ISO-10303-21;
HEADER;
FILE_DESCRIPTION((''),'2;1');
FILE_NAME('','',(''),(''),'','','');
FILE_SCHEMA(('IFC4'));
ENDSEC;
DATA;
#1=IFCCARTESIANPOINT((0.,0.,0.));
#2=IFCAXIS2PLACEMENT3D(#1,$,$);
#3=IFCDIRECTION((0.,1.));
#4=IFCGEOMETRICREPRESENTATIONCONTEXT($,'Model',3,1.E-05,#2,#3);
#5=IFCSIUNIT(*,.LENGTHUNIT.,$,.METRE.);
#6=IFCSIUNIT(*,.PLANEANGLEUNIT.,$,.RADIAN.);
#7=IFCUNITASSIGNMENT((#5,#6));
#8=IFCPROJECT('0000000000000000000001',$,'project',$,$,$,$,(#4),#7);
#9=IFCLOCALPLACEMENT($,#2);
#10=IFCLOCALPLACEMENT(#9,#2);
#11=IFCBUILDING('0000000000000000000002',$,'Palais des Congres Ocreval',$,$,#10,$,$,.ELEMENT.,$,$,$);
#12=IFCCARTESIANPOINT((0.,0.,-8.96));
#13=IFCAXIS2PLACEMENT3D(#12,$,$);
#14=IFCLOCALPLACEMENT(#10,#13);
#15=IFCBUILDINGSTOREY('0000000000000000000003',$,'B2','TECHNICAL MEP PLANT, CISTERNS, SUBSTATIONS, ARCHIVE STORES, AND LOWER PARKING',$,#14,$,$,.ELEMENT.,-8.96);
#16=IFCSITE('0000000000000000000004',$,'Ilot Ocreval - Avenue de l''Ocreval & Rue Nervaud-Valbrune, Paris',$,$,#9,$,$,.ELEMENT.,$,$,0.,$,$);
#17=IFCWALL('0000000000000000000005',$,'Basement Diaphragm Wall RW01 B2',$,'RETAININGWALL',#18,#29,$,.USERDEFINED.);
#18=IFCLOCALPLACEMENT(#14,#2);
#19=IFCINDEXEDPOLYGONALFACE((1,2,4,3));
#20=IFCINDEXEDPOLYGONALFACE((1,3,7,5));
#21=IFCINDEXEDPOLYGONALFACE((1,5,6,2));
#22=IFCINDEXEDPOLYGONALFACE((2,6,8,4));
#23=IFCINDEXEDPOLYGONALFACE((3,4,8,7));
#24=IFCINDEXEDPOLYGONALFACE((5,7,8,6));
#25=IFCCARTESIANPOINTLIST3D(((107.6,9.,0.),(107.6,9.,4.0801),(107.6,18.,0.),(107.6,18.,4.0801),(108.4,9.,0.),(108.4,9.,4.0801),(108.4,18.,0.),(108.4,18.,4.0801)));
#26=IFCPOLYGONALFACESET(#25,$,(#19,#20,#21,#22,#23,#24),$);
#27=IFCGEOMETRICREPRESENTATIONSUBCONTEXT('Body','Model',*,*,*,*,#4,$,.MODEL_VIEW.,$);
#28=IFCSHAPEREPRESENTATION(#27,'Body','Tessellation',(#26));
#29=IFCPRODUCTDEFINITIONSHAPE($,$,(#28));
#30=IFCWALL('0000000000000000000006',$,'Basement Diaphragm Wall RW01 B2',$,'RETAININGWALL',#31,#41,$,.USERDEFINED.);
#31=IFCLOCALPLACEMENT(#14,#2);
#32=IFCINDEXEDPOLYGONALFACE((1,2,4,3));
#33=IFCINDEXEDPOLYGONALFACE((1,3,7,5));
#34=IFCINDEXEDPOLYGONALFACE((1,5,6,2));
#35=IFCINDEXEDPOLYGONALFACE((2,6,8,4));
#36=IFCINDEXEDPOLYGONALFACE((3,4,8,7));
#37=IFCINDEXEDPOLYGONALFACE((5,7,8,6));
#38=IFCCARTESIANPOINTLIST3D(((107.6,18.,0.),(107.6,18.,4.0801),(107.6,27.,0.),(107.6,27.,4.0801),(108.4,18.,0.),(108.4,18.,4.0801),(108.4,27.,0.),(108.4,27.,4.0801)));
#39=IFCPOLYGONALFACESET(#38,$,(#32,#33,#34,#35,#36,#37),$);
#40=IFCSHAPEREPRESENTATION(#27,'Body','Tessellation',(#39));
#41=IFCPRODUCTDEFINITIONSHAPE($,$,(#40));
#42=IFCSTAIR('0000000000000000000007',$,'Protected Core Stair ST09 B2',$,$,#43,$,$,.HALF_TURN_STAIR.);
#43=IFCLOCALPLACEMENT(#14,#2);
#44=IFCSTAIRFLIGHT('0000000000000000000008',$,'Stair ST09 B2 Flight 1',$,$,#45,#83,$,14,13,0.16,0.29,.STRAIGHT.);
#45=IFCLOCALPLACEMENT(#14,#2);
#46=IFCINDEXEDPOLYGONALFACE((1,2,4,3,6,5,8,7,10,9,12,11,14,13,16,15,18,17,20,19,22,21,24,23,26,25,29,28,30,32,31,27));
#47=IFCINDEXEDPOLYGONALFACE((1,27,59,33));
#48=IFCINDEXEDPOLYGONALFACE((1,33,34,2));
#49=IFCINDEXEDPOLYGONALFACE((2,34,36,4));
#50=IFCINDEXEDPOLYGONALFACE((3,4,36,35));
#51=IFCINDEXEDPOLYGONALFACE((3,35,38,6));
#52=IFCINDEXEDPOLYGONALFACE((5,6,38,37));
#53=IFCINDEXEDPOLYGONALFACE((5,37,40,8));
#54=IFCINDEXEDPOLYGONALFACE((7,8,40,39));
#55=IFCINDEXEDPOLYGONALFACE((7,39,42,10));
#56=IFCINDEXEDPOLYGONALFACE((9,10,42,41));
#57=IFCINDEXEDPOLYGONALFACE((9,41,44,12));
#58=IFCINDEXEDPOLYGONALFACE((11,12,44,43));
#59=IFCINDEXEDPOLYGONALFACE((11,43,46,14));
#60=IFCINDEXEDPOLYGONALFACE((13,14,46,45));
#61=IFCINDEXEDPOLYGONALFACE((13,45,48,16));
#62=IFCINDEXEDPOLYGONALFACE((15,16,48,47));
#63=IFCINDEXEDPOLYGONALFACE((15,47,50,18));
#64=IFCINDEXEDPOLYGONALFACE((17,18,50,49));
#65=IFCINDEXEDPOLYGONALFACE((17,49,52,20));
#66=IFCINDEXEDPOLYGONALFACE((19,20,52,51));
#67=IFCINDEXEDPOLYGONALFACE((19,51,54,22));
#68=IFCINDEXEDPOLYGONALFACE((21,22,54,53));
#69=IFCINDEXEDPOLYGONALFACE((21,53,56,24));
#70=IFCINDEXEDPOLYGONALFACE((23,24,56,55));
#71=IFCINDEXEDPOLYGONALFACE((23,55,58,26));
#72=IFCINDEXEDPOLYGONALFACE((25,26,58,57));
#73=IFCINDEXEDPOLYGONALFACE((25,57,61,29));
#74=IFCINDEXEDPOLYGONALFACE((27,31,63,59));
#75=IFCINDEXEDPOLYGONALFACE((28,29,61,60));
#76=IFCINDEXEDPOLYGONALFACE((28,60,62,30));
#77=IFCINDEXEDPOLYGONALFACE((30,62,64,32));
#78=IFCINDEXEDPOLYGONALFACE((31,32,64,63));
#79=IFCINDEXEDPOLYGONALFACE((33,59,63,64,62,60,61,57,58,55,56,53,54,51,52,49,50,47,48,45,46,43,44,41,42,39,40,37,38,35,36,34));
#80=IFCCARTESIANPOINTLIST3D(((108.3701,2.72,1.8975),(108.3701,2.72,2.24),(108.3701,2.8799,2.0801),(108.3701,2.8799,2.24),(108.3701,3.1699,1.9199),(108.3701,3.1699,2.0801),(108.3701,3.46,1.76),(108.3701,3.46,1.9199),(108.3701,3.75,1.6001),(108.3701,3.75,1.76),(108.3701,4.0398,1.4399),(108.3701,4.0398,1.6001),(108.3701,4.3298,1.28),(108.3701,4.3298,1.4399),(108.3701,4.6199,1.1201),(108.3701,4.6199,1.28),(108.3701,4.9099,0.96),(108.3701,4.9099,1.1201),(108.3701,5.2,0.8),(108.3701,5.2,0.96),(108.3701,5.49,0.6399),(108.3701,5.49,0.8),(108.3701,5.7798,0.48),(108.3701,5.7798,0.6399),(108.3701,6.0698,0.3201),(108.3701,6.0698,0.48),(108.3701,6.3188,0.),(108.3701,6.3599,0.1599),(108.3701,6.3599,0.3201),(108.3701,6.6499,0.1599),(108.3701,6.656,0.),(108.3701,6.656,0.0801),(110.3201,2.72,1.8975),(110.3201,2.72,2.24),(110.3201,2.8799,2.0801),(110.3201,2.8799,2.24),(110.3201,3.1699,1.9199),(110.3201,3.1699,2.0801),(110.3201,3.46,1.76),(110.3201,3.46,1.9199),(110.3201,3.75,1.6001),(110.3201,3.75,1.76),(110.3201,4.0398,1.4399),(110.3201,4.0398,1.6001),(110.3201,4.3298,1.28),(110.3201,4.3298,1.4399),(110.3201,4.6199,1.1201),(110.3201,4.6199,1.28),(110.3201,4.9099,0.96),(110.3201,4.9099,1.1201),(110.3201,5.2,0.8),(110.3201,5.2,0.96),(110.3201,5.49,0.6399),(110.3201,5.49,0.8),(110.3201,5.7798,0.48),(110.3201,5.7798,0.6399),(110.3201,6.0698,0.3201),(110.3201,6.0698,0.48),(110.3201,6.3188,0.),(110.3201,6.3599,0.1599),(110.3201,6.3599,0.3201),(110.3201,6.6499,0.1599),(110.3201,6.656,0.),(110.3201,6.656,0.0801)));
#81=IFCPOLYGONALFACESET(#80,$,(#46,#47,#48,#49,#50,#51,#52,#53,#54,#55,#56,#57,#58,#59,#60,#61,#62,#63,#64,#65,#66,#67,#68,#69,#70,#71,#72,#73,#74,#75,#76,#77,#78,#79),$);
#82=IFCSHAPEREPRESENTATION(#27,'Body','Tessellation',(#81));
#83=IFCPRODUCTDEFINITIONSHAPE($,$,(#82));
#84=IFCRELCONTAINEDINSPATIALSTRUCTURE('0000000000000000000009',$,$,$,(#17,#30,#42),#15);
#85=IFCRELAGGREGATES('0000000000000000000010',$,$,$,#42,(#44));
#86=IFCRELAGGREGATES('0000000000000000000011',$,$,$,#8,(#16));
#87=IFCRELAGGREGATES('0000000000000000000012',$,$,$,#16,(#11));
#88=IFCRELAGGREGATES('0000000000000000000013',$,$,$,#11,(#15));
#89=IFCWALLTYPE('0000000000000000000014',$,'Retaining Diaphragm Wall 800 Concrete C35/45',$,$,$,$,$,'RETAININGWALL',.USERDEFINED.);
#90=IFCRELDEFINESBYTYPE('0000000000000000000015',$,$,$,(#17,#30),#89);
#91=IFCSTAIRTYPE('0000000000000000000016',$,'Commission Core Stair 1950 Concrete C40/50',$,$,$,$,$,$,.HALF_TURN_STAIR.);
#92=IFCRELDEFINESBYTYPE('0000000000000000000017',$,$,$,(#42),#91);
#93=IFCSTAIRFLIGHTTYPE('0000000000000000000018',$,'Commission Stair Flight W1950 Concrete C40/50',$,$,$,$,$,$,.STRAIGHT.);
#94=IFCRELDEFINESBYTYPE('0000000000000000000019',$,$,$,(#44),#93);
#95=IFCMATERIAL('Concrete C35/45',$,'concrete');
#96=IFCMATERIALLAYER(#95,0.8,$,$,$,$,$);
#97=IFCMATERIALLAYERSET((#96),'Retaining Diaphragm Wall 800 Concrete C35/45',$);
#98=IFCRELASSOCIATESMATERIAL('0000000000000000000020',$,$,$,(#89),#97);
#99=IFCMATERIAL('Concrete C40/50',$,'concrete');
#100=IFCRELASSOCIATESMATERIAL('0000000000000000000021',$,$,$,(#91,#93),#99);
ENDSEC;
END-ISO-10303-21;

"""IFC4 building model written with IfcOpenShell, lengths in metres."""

from ifc_helpers import new_model, si_unit, direction, frame, frame_2d, origin, place, context, subcontext, project, spatial, polyline, rectangle, outline, extrude, material, layer, layer_set, type_object, element, aggregate, save


model = new_model("IFC4")

# Units and contexts
model_context = context("Model", 3, precision=1e-05, world=origin(), true_north=direction((0.0, 1.0)))
body_context = subcontext(model_context, "Body", "Model", "MODEL_VIEW")
ifc_project = project(units=[si_unit("LENGTHUNIT", "METRE"), si_unit("PLANEANGLEUNIT", "RADIAN")], contexts=[model_context])

# Site, building, storey
site_placement = place(None, origin())
site = spatial("IfcSite", under=ifc_project, at=site_placement, Name="Ilot Ocreval - Avenue de l'Ocreval & Rue Nervaud-Valbrune, Paris", CompositionType="ELEMENT", RefElevation=0.0)
building_placement = place(site_placement, origin())
building = spatial("IfcBuilding", under=site, at=building_placement, Name="Palais des Congres Ocreval", CompositionType="ELEMENT")
storey_placement = place(building_placement, frame((0.0, 0.0, -8.96)))
storey = spatial("IfcBuildingStorey", under=building, at=storey_placement, Name="B2", Description="TECHNICAL MEP PLANT, CISTERNS, SUBSTATIONS, ARCHIVE STORES, AND LOWER PARKING", CompositionType="ELEMENT", Elevation=-8.96)

# Shared definitions
ifc_material_1 = material(Name="Concrete C35/45", Category="concrete")

# Shared definitions
ifc_material_2 = material(Name="Concrete C40/50", Category="concrete")

# Walls
ifc_layer_1 = layer(ifc_material_1, 0.8)
ifc_layer_set_1 = layer_set([ifc_layer_1], Name="Retaining Diaphragm Wall 800 Concrete C35/45")
wall_type_1 = type_object("IfcWallType", Name="Retaining Diaphragm Wall 800 Concrete C35/45", ElementType="RETAININGWALL", PredefinedType="USERDEFINED", material=ifc_layer_set_1)
for number, where, z_axis, x_axis, name in (
    (1, (108.0, 9.0, 0.0), (0.0, 0.0, 1.0), (0.0, 1.0, 0.0), "Basement Diaphragm Wall RW01 B2"),
    (2, (108.0, 18.0, 0.0), (0.0, 0.0, 1.0), (0.0, 1.0, 0.0), "Basement Diaphragm Wall RW01 B2"),
):
    element("IfcWall", number, at=place(storey_placement, frame(where, z_axis=z_axis, x_axis=x_axis)), inside=storey, type_object=wall_type_1, Name=name, ObjectType="RETAININGWALL", PredefinedType="USERDEFINED", context=body_context, shape_type="SweptSolid", body=[
        extrude(rectangle(XDim=9.0, YDim=0.8, at=frame_2d((4.5, 0.0))), origin(), (0.0, 0.0, 1.0), 4.0801),
    ])

# Stair, stair flight
stair_type = type_object("IfcStairType", Name="Commission Core Stair 1950 Concrete C40/50", PredefinedType="HALF_TURN_STAIR", material=ifc_material_2)
stair_placement = place(storey_placement, origin())
stair = element("IfcStair", 3, at=stair_placement, inside=storey, type_object=stair_type, Name="Protected Core Stair ST09 B2", PredefinedType="HALF_TURN_STAIR")
stair_flight_type = type_object("IfcStairFlightType", Name="Commission Stair Flight W1950 Concrete C40/50", PredefinedType="STRAIGHT", material=ifc_material_2)
stair_flight_placement = place(storey_placement, frame((109.345, 6.6499, 0.0), z_axis=(0.0, 0.0, 1.0), x_axis=(0.0, -1.0, 0.0)))
stair_flight = element("IfcStairFlight", 4, at=stair_flight_placement, type_object=stair_flight_type, Name="Stair ST09 B2 Flight 1", NumberOfRisers=14, NumberOfTreads=13, PredefinedType="STRAIGHT", RiserHeight=0.16, TreadLength=0.29, context=body_context, shape_type="SweptSolid", body=[
    extrude(outline(polyline([(-0.0061, 0.0), (-0.0061, 0.0801), (0.0, 0.1599), (0.29, 0.1599), (0.29, 0.3201), (0.5801, 0.3201), (0.5801, 0.48), (0.8701, 0.48), (0.8701, 0.6399), (1.1599, 0.6399), (1.1599, 0.8), (1.45, 0.8), (1.45, 0.96), (1.74, 0.96), (1.74, 1.1201), (2.03, 1.1201), (2.03, 1.28), (2.3201, 1.28), (2.3201, 1.4399), (2.6101, 1.4399), (2.6101, 1.6001), (2.8999, 1.6001), (2.8999, 1.76), (3.1899, 1.76), (3.1899, 1.9199), (3.48, 1.9199), (3.48, 2.0801), (3.77, 2.0801), (3.77, 2.24), (3.9299, 2.24), (3.9299, 1.8975), (0.3311, 0.0), (-0.0061, 0.0)])), frame((0.0, 0.9751, 0.0), z_axis=(0.0, -1.0, 0.0), x_axis=(1.0, 0.0, 0.0)), (0.0, 0.0, 1.0), 1.95),
])
aggregate(stair, [stair_flight])

save(model, "model.ifc")
